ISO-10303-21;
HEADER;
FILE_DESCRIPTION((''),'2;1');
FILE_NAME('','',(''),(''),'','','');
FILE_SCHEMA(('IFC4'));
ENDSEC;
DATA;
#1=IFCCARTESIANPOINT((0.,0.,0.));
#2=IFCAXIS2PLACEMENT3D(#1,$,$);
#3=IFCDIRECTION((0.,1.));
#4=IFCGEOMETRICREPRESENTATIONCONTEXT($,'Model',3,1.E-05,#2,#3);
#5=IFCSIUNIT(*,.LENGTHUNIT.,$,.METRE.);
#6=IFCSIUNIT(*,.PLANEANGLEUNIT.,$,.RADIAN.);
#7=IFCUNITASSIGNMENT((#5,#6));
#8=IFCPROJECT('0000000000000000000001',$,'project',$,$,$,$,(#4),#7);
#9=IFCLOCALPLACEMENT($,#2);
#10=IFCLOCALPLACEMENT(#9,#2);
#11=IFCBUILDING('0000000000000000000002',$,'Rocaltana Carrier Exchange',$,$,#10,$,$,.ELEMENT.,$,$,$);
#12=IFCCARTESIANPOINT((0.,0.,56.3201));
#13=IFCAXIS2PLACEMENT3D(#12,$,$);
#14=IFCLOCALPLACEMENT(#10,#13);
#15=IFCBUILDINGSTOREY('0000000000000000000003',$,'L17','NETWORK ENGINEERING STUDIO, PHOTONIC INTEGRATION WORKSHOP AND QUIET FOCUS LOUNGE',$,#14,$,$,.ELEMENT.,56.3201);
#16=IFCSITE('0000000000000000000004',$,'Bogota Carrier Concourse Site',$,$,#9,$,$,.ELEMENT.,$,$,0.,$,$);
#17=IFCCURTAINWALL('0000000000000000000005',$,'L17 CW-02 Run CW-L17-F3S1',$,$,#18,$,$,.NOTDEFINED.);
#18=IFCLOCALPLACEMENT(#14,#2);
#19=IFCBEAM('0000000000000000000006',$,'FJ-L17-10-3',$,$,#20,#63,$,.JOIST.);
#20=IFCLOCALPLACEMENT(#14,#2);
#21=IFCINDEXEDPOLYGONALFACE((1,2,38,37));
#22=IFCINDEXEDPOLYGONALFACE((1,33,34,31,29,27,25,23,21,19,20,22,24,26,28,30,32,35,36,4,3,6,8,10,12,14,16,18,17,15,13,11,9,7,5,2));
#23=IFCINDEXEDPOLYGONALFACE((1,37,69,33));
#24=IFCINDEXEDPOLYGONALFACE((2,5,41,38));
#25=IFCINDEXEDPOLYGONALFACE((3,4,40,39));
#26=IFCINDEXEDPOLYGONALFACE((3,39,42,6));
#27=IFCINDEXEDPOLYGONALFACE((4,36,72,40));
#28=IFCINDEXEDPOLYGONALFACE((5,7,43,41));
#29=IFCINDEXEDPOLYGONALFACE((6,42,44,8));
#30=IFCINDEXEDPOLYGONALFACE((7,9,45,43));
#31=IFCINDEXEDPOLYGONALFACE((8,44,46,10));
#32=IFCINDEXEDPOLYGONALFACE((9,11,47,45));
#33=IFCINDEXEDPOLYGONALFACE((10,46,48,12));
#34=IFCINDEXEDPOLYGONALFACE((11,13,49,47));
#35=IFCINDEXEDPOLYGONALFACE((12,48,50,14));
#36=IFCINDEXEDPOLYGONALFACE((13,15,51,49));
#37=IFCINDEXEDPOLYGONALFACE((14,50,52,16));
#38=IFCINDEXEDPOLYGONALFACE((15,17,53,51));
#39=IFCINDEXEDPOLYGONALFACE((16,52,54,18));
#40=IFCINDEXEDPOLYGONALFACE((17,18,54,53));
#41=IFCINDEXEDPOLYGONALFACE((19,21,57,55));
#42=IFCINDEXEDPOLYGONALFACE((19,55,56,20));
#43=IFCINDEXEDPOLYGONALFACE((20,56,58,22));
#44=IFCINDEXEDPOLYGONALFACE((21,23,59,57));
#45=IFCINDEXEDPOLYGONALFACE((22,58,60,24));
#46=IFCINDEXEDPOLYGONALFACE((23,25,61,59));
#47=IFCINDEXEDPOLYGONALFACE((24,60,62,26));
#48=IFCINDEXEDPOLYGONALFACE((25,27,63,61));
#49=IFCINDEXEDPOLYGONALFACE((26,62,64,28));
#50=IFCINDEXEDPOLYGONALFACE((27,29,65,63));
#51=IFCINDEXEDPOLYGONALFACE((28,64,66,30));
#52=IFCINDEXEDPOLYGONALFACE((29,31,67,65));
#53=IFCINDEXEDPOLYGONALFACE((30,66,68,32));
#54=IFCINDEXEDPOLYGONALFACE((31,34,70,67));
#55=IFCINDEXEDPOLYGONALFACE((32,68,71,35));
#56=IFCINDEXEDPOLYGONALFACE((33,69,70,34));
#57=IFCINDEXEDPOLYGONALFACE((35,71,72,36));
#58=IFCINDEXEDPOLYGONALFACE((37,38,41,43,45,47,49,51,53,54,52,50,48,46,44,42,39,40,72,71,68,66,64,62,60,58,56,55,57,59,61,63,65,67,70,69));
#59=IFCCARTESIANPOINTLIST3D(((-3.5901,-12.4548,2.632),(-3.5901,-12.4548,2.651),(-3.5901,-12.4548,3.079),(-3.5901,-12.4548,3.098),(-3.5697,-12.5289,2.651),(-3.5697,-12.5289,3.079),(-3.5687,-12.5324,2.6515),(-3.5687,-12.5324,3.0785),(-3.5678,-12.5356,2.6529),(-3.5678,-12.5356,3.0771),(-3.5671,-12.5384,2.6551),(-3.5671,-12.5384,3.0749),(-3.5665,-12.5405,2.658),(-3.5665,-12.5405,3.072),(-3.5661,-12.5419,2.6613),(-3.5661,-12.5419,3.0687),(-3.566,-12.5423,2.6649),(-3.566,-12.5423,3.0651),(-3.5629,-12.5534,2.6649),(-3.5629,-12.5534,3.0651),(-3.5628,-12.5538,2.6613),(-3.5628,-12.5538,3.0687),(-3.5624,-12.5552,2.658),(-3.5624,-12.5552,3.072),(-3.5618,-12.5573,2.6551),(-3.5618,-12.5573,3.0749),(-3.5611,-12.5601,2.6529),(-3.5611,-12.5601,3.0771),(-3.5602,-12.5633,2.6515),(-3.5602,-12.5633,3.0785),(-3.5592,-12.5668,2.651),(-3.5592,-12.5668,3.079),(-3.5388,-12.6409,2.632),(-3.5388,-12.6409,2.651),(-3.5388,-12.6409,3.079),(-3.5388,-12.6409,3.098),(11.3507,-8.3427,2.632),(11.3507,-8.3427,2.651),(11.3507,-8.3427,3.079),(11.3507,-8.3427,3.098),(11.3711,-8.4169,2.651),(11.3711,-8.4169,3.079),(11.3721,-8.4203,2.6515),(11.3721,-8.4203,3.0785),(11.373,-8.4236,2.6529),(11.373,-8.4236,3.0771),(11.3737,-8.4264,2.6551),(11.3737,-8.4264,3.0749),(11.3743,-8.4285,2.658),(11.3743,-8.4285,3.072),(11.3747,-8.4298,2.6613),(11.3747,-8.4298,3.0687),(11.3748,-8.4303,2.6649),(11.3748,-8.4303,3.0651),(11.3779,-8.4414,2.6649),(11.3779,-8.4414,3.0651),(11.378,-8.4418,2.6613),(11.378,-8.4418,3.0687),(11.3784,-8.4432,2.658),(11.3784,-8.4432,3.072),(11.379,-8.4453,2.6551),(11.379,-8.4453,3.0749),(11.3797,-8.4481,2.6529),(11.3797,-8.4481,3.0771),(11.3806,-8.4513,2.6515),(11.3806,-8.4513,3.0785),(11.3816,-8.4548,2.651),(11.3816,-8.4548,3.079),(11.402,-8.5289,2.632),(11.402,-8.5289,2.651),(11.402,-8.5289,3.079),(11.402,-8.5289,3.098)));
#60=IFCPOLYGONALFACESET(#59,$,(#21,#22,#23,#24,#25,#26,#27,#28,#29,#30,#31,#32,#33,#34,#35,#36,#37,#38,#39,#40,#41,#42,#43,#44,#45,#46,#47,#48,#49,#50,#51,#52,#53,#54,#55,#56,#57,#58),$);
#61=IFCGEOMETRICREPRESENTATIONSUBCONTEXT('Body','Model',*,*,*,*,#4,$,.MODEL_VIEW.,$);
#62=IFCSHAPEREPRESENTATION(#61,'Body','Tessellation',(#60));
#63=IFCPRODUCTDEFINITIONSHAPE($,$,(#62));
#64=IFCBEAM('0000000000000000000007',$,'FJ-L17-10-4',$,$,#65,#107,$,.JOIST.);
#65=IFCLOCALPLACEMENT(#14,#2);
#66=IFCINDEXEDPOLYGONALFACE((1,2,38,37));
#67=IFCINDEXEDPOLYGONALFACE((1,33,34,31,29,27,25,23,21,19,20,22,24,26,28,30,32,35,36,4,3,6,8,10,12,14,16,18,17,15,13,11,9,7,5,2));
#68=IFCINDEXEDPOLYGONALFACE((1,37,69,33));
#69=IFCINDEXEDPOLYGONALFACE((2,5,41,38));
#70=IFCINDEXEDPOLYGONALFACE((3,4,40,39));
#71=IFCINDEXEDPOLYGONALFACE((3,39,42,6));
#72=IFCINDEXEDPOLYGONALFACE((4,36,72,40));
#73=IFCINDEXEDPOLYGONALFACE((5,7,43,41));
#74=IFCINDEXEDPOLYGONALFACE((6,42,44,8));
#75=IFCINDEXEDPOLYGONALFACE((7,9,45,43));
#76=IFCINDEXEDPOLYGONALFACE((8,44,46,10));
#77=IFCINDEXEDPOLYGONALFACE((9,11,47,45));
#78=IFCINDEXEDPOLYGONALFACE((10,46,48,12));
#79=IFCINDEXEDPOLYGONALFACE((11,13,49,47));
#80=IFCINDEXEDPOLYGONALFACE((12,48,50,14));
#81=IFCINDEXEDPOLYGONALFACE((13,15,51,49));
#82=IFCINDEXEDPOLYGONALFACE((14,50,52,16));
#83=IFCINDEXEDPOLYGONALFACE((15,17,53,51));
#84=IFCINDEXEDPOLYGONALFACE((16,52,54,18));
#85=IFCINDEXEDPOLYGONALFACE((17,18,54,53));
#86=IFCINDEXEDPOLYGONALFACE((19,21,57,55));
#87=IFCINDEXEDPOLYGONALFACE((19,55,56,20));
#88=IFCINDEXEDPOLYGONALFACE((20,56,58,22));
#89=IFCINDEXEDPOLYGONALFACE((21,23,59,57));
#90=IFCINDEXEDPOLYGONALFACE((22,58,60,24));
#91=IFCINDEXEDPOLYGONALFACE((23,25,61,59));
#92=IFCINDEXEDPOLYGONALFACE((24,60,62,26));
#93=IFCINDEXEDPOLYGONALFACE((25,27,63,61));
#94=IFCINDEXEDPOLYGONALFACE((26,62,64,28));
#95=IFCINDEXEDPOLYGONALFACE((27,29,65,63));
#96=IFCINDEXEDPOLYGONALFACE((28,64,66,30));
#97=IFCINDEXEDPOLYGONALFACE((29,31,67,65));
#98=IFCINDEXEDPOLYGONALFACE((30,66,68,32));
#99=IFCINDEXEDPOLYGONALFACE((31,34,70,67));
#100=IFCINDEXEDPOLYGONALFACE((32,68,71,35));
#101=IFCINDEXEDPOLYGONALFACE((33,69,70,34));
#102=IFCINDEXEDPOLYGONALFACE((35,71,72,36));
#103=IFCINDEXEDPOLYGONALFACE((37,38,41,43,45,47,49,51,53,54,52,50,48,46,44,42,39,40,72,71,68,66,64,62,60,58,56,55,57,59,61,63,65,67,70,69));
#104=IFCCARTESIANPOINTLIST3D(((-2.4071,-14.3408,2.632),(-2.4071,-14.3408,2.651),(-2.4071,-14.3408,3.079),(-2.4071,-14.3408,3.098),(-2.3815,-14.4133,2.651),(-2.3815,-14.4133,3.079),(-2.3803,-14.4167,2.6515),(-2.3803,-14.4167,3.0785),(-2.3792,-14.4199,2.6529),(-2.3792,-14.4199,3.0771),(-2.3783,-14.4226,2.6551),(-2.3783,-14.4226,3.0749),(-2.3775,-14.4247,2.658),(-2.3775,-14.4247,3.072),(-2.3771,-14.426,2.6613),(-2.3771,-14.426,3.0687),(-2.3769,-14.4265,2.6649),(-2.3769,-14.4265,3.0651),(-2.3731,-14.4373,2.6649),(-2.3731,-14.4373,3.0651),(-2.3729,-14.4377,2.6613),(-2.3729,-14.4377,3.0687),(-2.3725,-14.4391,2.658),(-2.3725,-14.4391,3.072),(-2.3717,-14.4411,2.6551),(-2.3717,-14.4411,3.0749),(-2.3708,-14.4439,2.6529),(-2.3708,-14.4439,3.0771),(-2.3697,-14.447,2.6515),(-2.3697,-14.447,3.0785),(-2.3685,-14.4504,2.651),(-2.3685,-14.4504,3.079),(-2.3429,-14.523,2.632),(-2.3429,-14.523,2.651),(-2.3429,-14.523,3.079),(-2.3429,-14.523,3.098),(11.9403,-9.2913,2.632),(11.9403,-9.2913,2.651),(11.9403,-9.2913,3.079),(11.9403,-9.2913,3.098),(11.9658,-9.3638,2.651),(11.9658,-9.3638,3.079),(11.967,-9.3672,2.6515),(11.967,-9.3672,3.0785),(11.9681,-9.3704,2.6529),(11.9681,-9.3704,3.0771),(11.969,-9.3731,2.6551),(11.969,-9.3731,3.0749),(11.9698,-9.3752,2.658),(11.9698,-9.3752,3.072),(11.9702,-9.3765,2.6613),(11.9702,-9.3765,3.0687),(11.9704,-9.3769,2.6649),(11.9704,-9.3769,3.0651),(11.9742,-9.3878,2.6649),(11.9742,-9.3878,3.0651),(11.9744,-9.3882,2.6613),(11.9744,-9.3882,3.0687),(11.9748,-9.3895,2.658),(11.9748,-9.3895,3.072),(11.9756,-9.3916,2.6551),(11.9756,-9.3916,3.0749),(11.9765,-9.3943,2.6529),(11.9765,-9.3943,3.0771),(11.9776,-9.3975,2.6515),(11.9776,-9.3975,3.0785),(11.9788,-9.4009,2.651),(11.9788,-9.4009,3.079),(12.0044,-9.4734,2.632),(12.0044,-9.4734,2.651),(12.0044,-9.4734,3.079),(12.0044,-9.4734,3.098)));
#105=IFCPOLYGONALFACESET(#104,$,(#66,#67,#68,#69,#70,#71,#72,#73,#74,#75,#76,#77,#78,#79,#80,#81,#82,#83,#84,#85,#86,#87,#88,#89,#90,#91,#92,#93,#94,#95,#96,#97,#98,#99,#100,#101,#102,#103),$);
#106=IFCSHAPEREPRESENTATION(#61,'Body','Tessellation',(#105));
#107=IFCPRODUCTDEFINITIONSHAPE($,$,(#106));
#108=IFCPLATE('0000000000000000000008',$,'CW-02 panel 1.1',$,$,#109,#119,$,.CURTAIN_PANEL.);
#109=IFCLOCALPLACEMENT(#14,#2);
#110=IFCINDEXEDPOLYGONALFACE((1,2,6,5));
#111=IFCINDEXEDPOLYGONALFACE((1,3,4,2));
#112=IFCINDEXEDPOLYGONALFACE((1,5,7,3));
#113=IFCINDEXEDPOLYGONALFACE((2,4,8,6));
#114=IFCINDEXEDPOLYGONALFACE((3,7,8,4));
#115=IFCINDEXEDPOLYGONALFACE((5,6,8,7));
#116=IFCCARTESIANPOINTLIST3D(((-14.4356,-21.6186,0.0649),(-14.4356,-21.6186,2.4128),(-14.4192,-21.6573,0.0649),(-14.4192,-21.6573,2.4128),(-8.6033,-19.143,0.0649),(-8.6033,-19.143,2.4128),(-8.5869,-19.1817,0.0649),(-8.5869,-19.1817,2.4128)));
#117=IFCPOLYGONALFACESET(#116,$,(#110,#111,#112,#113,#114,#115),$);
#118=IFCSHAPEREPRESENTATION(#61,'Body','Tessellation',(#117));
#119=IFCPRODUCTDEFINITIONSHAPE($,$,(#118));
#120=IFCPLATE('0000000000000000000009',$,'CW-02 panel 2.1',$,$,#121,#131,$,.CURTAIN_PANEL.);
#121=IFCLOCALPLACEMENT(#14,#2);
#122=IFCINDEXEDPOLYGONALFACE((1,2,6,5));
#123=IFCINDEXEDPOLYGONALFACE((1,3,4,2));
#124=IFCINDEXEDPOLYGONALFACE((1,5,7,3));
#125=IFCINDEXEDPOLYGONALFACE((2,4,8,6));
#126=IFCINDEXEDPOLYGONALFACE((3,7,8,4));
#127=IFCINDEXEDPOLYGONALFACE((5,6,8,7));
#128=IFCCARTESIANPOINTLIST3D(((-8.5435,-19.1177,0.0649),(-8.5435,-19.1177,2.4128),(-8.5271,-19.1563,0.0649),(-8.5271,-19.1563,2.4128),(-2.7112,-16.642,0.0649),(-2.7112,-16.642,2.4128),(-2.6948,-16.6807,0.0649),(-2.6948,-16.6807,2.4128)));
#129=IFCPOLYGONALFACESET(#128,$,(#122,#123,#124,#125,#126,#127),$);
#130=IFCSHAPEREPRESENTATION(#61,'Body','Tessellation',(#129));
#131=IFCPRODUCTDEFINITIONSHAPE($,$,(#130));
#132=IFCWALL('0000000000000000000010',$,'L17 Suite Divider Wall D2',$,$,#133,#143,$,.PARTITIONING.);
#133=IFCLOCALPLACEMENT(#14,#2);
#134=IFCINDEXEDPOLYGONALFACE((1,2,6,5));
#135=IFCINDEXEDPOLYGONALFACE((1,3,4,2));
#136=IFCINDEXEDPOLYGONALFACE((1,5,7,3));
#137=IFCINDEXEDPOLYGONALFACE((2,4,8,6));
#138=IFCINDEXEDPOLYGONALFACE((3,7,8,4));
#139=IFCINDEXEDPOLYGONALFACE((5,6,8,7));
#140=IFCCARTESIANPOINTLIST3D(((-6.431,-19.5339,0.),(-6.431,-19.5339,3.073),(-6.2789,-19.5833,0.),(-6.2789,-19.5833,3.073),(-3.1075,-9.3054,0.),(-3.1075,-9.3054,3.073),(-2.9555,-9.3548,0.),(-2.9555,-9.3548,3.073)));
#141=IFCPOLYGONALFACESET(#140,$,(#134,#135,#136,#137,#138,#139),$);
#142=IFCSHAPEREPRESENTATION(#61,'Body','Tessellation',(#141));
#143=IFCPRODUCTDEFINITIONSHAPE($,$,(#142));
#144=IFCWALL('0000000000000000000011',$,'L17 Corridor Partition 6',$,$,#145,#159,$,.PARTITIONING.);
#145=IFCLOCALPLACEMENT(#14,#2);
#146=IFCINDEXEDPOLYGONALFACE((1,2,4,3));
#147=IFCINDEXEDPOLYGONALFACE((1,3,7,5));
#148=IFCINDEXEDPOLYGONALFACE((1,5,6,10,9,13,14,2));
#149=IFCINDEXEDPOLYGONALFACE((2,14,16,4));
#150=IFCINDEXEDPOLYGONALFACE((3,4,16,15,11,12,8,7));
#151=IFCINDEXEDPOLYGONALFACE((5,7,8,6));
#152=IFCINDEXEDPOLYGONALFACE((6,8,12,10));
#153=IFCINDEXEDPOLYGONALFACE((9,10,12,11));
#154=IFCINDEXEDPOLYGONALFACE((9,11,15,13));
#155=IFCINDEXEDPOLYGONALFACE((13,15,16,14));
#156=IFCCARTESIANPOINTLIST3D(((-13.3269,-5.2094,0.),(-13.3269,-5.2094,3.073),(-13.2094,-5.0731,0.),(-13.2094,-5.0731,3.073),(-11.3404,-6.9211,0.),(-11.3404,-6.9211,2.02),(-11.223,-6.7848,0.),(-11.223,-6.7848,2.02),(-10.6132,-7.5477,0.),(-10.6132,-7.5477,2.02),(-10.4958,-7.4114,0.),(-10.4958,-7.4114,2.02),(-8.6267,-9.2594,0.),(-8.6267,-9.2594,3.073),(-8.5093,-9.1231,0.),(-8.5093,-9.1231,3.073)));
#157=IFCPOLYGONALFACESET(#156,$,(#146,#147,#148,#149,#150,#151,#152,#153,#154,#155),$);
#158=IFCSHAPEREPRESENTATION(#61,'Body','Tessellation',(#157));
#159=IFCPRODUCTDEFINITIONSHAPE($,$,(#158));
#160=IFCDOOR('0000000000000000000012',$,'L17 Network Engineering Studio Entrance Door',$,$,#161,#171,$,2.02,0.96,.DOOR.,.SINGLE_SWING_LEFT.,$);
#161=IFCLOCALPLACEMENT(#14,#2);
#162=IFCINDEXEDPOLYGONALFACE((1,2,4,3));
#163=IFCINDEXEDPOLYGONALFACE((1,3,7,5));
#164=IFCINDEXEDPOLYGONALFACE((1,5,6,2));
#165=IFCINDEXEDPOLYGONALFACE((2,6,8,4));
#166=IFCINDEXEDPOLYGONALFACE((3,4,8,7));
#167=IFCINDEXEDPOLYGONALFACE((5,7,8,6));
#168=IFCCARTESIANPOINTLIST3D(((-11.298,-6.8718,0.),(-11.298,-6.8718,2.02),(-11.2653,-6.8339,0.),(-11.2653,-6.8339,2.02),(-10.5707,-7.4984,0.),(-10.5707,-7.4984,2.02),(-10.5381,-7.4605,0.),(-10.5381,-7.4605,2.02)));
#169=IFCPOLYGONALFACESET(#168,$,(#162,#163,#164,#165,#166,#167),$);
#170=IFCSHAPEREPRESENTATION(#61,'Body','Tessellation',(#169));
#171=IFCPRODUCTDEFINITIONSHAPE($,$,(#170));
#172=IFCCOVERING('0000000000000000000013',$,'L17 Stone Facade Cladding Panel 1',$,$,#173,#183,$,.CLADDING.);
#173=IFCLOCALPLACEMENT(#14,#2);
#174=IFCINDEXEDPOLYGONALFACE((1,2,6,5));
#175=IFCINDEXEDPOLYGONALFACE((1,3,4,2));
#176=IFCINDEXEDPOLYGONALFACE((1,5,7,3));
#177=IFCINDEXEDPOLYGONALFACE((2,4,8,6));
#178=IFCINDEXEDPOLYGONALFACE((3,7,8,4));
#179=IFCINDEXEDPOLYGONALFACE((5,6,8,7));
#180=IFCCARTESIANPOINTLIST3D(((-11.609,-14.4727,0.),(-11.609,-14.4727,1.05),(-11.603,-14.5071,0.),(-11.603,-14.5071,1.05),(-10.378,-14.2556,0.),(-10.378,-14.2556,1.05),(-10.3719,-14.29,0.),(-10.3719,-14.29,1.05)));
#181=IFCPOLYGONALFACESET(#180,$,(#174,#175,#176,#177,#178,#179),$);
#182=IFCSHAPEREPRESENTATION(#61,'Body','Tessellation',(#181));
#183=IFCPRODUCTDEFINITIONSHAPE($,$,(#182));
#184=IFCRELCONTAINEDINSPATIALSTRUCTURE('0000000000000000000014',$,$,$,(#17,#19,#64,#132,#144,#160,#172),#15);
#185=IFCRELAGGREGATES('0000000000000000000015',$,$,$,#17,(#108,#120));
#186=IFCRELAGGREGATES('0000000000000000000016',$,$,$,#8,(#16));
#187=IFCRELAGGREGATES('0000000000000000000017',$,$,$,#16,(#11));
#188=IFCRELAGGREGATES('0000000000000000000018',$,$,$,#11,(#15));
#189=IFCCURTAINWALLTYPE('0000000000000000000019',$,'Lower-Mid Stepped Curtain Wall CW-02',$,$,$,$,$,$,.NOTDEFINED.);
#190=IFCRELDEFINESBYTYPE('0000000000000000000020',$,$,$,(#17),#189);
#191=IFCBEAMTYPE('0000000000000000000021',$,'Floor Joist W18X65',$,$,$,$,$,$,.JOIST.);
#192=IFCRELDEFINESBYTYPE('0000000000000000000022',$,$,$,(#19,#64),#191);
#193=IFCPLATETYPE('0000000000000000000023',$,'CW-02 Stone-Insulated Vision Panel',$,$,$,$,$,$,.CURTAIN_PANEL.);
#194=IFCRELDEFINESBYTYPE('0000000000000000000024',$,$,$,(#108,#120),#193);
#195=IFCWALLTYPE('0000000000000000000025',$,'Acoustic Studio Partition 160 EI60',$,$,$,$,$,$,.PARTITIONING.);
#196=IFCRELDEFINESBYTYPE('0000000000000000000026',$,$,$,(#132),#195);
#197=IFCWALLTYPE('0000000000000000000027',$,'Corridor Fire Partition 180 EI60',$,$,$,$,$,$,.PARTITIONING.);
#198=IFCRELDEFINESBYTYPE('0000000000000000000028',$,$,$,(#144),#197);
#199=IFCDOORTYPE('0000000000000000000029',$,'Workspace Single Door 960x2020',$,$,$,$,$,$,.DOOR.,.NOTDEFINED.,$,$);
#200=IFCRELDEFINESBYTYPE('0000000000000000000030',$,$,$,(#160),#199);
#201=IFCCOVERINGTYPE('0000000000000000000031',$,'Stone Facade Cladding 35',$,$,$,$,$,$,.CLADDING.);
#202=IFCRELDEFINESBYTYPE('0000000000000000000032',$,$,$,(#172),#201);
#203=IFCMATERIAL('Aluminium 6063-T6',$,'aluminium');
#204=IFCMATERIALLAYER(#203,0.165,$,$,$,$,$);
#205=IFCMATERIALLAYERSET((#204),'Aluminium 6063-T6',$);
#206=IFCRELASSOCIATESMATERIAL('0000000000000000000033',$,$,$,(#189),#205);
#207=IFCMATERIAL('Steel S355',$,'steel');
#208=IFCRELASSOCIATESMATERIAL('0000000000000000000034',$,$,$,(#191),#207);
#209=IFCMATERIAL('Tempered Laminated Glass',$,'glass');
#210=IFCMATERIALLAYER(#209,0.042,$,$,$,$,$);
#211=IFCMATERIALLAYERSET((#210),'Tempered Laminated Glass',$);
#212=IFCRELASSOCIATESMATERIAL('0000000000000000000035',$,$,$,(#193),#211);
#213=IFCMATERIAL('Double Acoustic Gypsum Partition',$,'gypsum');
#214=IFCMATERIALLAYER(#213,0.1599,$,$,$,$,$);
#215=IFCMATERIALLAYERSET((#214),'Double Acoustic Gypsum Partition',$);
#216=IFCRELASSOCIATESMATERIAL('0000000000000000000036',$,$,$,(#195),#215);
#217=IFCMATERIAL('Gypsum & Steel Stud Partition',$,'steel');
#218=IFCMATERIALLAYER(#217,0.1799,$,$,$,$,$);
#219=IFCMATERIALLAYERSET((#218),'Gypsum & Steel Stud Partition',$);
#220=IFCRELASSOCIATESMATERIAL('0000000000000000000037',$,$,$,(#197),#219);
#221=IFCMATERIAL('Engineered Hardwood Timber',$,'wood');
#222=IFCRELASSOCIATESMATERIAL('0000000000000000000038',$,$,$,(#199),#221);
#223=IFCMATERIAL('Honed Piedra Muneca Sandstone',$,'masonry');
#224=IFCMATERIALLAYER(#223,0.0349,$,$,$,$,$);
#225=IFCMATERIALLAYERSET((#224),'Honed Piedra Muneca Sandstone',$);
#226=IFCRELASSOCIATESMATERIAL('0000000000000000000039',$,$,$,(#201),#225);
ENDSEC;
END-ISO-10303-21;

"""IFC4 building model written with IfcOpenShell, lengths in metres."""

from ifc_helpers import new_model, si_unit, direction, frame, frame_2d, origin, origin_2d, place, context, subcontext, project, spatial, rectangle, i_section, extrude, material, layer, layer_set, material_profile, profile_set, type_object, element, fill, aggregate, save


model = new_model("IFC4")

# Units and contexts
model_context = context("Model", 3, precision=1e-05, world=origin(), true_north=direction((0.0, 1.0)))
body_context = subcontext(model_context, "Body", "Model", "MODEL_VIEW")
ifc_project = project(units=[si_unit("LENGTHUNIT", "METRE"), si_unit("PLANEANGLEUNIT", "RADIAN")], contexts=[model_context])

# Site, building, storey
site_placement = place(None, origin())
site = spatial("IfcSite", under=ifc_project, at=site_placement, Name="Bogota Carrier Concourse Site", CompositionType="ELEMENT", RefElevation=0.0)
building_placement = place(site_placement, origin())
building = spatial("IfcBuilding", under=site, at=building_placement, Name="Rocaltana Carrier Exchange", CompositionType="ELEMENT")
storey_placement = place(building_placement, frame((0.0, 0.0, 56.3201)))
storey = spatial("IfcBuildingStorey", under=building, at=storey_placement, Name="L17", Description="NETWORK ENGINEERING STUDIO, PHOTONIC INTEGRATION WORKSHOP AND QUIET FOCUS LOUNGE", CompositionType="ELEMENT", Elevation=56.3201)

# Curtain wall
ifc_material_1 = material(Name="Aluminium 6063-T6", Category="aluminium")
ifc_layer_1 = layer(ifc_material_1, 0.165)
ifc_layer_set_1 = layer_set([ifc_layer_1], Name="Aluminium 6063-T6")
curtain_wall_type = type_object("IfcCurtainWallType", Name="Lower-Mid Stepped Curtain Wall CW-02", PredefinedType="NOTDEFINED", material=ifc_layer_set_1)
curtain_wall_placement = place(storey_placement, origin())
curtain_wall = element("IfcCurtainWall", 1, at=curtain_wall_placement, inside=storey, type_object=curtain_wall_type, Name="L17 CW-02 Run CW-L17-F3S1", PredefinedType="NOTDEFINED")

# Beams
ifc_material_2 = material(Name="Steel S355", Category="steel")
ifc_material_profile_1 = material_profile(ifc_material_2, i_section(OverallWidth=0.1931, OverallDepth=0.4661, WebThickness=0.0115, FlangeThickness=0.019, FilletRadius=0.0139, at=origin_2d()), Name="W18X65")
ifc_profile_set_1 = profile_set([ifc_material_profile_1], Name="Steel S355")
beam_type = type_object("IfcBeamType", Name="Floor Joist W18X65", PredefinedType="JOIST", material=ifc_profile_set_1)
beam_1_placement = place(storey_placement, frame((-3.5645, -12.5479, 2.865), z_axis=(0.964151, 0.265355, 0.0), x_axis=(-0.265355, 0.964151, 0.0)))
element("IfcBeam", 2, at=beam_1_placement, inside=storey, type_object=beam_type, Name="FJ-L17-10-3", PredefinedType="JOIST", context=body_context, shape_type="SweptSolid", body=[
    extrude(i_section(OverallWidth=0.1931, OverallDepth=0.4661, WebThickness=0.0115, FlangeThickness=0.019, FilletRadius=0.0139, at=origin_2d()), origin(), (0.0, 0.0, 1.0), 15.4963),
])
beam_2_placement = place(storey_placement, frame((-2.375, -14.4319, 2.865), z_axis=(0.943284, 0.331988, 0.0), x_axis=(-0.331988, 0.943284, 0.0)))
element("IfcBeam", 3, at=beam_2_placement, inside=storey, type_object=beam_type, Name="FJ-L17-10-4", PredefinedType="JOIST", context=body_context, shape_type="SweptSolid", body=[
    extrude(i_section(OverallWidth=0.1931, OverallDepth=0.4661, WebThickness=0.0115, FlangeThickness=0.019, FilletRadius=0.0139, at=origin_2d()), origin(), (0.0, 0.0, 1.0), 15.21),
])

# Plates
ifc_material_3 = material(Name="Tempered Laminated Glass", Category="glass")
ifc_layer_2 = layer(ifc_material_3, 0.042)
ifc_layer_set_2 = layer_set([ifc_layer_2], Name="Tempered Laminated Glass")
plate_type = type_object("IfcPlateType", Name="CW-02 Stone-Insulated Vision Panel", PredefinedType="CURTAIN_PANEL", material=ifc_layer_set_2)
plate_1_placement = place(storey_placement, frame((-11.5112, -20.4001, 0.0649), z_axis=(0.0, 0.0, 1.0), x_axis=(0.920506, 0.390729, 0.0)))
plate_1 = element("IfcPlate", 4, at=plate_1_placement, type_object=plate_type, Name="CW-02 panel 1.1", PredefinedType="CURTAIN_PANEL", context=body_context, shape_type="SweptSolid", body=[
    extrude(rectangle(XDim=6.3359, YDim=0.042, at=origin_2d()), origin(), (0.0, 0.0, 1.0), 2.3479),
])
plate_2_placement = place(storey_placement, frame((-5.6191, -17.8992, 0.0649), z_axis=(0.0, 0.0, 1.0), x_axis=(0.920506, 0.390729, 0.0)))
plate_2 = element("IfcPlate", 5, at=plate_2_placement, type_object=plate_type, Name="CW-02 panel 2.1", PredefinedType="CURTAIN_PANEL", context=body_context, shape_type="SweptSolid", body=[
    extrude(rectangle(XDim=6.3359, YDim=0.042, at=origin_2d()), origin(), (0.0, 0.0, 1.0), 2.3479),
])
aggregate(curtain_wall, [plate_1, plate_2])

# Wall
ifc_material_4 = material(Name="Double Acoustic Gypsum Partition", Category="gypsum")
ifc_layer_3 = layer(ifc_material_4, 0.1599)
ifc_layer_set_3 = layer_set([ifc_layer_3], Name="Double Acoustic Gypsum Partition")
wall_type_1 = type_object("IfcWallType", Name="Acoustic Studio Partition 160 EI60", PredefinedType="PARTITIONING", material=ifc_layer_set_3)
wall_1_placement = place(storey_placement, frame((-3.0315, -9.3301, 0.0), z_axis=(0.0, 0.0, 1.0), x_axis=(-0.30902, -0.951055, 0.0)))
element("IfcWall", 6, at=wall_1_placement, inside=storey, type_object=wall_type_1, Name="L17 Suite Divider Wall D2", PredefinedType="PARTITIONING", context=body_context, shape_type="SweptSolid", body=[
    extrude(rectangle(XDim=10.7549, YDim=0.1599, at=frame_2d((5.3774, 0.0))), origin(), (0.0, 0.0, 1.0), 3.073),
])

# Wall, opening, door
ifc_material_5 = material(Name="Gypsum & Steel Stud Partition", Category="steel")
ifc_layer_4 = layer(ifc_material_5, 0.1799)
ifc_layer_set_4 = layer_set([ifc_layer_4], Name="Gypsum & Steel Stud Partition")
wall_type_2 = type_object("IfcWallType", Name="Corridor Fire Partition 180 EI60", PredefinedType="PARTITIONING", material=ifc_layer_set_4)
wall_2_placement = place(storey_placement, frame((-8.5681, -9.1912, 0.0), z_axis=(0.0, 0.0, 1.0), x_axis=(-0.757557, 0.652769, 0.0)))
wall_2 = element("IfcWall", 7, at=wall_2_placement, inside=storey, type_object=wall_type_2, Name="L17 Corridor Partition 6", PredefinedType="PARTITIONING", context=body_context, shape_type="SweptSolid", body=[
    extrude(rectangle(XDim=6.2043, YDim=0.1799, at=frame_2d((3.1021, 0.0))), origin(), (0.0, 0.0, 1.0), 3.073),
])
opening_placement = place(wall_2_placement, frame((2.6221, 0.0, 0.0)))
opening = element("IfcOpeningElement", 8, at=opening_placement, cuts=wall_2, PredefinedType="OPENING", context=body_context, shape_type="SweptSolid", body=[
    extrude(rectangle(XDim=0.96, YDim=2.02, at=frame_2d((0.48, 1.01))), frame((0.0, 0.0999, 0.0), z_axis=(0.0, -1.0, 0.0), x_axis=(1.0, 0.0, 0.0)), (0.0, 0.0, 1.0), 0.2),
])
ifc_material_6 = material(Name="Engineered Hardwood Timber", Category="wood")
door_type = type_object("IfcDoorType", Name="Workspace Single Door 960x2020", OperationType="NOTDEFINED", PredefinedType="DOOR", material=ifc_material_6)
door_placement = place(opening_placement, origin())
door = element("IfcDoor", 9, at=door_placement, inside=storey, type_object=door_type, Name="L17 Network Engineering Studio Entrance Door", OperationType="SINGLE_SWING_LEFT", OverallHeight=2.02, OverallWidth=0.96, PredefinedType="DOOR", context=body_context, shape_type="SweptSolid", body=[
    extrude(rectangle(XDim=0.96, YDim=2.02, at=frame_2d((0.48, 1.01))), frame((0.0, 0.0249, 0.0), z_axis=(0.0, -1.0, 0.0), x_axis=(1.0, 0.0, 0.0)), (0.0, 0.0, 1.0), 0.05),
])
fill(opening, door)

# Covering
ifc_material_7 = material(Name="Honed Piedra Muneca Sandstone", Category="masonry")
ifc_layer_5 = layer(ifc_material_7, 0.0349)
ifc_layer_set_5 = layer_set([ifc_layer_5], Name="Honed Piedra Muneca Sandstone")
covering_type = type_object("IfcCoveringType", Name="Stone Facade Cladding 35", PredefinedType="CLADDING", material=ifc_layer_set_5)
covering_placement = place(storey_placement, frame((-10.9905, -14.3813, 0.0), z_axis=(0.0, 0.0, 1.0), x_axis=(0.984808, 0.173648, 0.0)))
element("IfcCovering", 10, at=covering_placement, inside=storey, type_object=covering_type, Name="L17 Stone Facade Cladding Panel 1", PredefinedType="CLADDING", context=body_context, shape_type="SweptSolid", body=[
    extrude(rectangle(XDim=1.25, YDim=0.0349, at=origin_2d()), origin(), (0.0, 0.0, 1.0), 1.05),
])

save(model, "model.ifc")
